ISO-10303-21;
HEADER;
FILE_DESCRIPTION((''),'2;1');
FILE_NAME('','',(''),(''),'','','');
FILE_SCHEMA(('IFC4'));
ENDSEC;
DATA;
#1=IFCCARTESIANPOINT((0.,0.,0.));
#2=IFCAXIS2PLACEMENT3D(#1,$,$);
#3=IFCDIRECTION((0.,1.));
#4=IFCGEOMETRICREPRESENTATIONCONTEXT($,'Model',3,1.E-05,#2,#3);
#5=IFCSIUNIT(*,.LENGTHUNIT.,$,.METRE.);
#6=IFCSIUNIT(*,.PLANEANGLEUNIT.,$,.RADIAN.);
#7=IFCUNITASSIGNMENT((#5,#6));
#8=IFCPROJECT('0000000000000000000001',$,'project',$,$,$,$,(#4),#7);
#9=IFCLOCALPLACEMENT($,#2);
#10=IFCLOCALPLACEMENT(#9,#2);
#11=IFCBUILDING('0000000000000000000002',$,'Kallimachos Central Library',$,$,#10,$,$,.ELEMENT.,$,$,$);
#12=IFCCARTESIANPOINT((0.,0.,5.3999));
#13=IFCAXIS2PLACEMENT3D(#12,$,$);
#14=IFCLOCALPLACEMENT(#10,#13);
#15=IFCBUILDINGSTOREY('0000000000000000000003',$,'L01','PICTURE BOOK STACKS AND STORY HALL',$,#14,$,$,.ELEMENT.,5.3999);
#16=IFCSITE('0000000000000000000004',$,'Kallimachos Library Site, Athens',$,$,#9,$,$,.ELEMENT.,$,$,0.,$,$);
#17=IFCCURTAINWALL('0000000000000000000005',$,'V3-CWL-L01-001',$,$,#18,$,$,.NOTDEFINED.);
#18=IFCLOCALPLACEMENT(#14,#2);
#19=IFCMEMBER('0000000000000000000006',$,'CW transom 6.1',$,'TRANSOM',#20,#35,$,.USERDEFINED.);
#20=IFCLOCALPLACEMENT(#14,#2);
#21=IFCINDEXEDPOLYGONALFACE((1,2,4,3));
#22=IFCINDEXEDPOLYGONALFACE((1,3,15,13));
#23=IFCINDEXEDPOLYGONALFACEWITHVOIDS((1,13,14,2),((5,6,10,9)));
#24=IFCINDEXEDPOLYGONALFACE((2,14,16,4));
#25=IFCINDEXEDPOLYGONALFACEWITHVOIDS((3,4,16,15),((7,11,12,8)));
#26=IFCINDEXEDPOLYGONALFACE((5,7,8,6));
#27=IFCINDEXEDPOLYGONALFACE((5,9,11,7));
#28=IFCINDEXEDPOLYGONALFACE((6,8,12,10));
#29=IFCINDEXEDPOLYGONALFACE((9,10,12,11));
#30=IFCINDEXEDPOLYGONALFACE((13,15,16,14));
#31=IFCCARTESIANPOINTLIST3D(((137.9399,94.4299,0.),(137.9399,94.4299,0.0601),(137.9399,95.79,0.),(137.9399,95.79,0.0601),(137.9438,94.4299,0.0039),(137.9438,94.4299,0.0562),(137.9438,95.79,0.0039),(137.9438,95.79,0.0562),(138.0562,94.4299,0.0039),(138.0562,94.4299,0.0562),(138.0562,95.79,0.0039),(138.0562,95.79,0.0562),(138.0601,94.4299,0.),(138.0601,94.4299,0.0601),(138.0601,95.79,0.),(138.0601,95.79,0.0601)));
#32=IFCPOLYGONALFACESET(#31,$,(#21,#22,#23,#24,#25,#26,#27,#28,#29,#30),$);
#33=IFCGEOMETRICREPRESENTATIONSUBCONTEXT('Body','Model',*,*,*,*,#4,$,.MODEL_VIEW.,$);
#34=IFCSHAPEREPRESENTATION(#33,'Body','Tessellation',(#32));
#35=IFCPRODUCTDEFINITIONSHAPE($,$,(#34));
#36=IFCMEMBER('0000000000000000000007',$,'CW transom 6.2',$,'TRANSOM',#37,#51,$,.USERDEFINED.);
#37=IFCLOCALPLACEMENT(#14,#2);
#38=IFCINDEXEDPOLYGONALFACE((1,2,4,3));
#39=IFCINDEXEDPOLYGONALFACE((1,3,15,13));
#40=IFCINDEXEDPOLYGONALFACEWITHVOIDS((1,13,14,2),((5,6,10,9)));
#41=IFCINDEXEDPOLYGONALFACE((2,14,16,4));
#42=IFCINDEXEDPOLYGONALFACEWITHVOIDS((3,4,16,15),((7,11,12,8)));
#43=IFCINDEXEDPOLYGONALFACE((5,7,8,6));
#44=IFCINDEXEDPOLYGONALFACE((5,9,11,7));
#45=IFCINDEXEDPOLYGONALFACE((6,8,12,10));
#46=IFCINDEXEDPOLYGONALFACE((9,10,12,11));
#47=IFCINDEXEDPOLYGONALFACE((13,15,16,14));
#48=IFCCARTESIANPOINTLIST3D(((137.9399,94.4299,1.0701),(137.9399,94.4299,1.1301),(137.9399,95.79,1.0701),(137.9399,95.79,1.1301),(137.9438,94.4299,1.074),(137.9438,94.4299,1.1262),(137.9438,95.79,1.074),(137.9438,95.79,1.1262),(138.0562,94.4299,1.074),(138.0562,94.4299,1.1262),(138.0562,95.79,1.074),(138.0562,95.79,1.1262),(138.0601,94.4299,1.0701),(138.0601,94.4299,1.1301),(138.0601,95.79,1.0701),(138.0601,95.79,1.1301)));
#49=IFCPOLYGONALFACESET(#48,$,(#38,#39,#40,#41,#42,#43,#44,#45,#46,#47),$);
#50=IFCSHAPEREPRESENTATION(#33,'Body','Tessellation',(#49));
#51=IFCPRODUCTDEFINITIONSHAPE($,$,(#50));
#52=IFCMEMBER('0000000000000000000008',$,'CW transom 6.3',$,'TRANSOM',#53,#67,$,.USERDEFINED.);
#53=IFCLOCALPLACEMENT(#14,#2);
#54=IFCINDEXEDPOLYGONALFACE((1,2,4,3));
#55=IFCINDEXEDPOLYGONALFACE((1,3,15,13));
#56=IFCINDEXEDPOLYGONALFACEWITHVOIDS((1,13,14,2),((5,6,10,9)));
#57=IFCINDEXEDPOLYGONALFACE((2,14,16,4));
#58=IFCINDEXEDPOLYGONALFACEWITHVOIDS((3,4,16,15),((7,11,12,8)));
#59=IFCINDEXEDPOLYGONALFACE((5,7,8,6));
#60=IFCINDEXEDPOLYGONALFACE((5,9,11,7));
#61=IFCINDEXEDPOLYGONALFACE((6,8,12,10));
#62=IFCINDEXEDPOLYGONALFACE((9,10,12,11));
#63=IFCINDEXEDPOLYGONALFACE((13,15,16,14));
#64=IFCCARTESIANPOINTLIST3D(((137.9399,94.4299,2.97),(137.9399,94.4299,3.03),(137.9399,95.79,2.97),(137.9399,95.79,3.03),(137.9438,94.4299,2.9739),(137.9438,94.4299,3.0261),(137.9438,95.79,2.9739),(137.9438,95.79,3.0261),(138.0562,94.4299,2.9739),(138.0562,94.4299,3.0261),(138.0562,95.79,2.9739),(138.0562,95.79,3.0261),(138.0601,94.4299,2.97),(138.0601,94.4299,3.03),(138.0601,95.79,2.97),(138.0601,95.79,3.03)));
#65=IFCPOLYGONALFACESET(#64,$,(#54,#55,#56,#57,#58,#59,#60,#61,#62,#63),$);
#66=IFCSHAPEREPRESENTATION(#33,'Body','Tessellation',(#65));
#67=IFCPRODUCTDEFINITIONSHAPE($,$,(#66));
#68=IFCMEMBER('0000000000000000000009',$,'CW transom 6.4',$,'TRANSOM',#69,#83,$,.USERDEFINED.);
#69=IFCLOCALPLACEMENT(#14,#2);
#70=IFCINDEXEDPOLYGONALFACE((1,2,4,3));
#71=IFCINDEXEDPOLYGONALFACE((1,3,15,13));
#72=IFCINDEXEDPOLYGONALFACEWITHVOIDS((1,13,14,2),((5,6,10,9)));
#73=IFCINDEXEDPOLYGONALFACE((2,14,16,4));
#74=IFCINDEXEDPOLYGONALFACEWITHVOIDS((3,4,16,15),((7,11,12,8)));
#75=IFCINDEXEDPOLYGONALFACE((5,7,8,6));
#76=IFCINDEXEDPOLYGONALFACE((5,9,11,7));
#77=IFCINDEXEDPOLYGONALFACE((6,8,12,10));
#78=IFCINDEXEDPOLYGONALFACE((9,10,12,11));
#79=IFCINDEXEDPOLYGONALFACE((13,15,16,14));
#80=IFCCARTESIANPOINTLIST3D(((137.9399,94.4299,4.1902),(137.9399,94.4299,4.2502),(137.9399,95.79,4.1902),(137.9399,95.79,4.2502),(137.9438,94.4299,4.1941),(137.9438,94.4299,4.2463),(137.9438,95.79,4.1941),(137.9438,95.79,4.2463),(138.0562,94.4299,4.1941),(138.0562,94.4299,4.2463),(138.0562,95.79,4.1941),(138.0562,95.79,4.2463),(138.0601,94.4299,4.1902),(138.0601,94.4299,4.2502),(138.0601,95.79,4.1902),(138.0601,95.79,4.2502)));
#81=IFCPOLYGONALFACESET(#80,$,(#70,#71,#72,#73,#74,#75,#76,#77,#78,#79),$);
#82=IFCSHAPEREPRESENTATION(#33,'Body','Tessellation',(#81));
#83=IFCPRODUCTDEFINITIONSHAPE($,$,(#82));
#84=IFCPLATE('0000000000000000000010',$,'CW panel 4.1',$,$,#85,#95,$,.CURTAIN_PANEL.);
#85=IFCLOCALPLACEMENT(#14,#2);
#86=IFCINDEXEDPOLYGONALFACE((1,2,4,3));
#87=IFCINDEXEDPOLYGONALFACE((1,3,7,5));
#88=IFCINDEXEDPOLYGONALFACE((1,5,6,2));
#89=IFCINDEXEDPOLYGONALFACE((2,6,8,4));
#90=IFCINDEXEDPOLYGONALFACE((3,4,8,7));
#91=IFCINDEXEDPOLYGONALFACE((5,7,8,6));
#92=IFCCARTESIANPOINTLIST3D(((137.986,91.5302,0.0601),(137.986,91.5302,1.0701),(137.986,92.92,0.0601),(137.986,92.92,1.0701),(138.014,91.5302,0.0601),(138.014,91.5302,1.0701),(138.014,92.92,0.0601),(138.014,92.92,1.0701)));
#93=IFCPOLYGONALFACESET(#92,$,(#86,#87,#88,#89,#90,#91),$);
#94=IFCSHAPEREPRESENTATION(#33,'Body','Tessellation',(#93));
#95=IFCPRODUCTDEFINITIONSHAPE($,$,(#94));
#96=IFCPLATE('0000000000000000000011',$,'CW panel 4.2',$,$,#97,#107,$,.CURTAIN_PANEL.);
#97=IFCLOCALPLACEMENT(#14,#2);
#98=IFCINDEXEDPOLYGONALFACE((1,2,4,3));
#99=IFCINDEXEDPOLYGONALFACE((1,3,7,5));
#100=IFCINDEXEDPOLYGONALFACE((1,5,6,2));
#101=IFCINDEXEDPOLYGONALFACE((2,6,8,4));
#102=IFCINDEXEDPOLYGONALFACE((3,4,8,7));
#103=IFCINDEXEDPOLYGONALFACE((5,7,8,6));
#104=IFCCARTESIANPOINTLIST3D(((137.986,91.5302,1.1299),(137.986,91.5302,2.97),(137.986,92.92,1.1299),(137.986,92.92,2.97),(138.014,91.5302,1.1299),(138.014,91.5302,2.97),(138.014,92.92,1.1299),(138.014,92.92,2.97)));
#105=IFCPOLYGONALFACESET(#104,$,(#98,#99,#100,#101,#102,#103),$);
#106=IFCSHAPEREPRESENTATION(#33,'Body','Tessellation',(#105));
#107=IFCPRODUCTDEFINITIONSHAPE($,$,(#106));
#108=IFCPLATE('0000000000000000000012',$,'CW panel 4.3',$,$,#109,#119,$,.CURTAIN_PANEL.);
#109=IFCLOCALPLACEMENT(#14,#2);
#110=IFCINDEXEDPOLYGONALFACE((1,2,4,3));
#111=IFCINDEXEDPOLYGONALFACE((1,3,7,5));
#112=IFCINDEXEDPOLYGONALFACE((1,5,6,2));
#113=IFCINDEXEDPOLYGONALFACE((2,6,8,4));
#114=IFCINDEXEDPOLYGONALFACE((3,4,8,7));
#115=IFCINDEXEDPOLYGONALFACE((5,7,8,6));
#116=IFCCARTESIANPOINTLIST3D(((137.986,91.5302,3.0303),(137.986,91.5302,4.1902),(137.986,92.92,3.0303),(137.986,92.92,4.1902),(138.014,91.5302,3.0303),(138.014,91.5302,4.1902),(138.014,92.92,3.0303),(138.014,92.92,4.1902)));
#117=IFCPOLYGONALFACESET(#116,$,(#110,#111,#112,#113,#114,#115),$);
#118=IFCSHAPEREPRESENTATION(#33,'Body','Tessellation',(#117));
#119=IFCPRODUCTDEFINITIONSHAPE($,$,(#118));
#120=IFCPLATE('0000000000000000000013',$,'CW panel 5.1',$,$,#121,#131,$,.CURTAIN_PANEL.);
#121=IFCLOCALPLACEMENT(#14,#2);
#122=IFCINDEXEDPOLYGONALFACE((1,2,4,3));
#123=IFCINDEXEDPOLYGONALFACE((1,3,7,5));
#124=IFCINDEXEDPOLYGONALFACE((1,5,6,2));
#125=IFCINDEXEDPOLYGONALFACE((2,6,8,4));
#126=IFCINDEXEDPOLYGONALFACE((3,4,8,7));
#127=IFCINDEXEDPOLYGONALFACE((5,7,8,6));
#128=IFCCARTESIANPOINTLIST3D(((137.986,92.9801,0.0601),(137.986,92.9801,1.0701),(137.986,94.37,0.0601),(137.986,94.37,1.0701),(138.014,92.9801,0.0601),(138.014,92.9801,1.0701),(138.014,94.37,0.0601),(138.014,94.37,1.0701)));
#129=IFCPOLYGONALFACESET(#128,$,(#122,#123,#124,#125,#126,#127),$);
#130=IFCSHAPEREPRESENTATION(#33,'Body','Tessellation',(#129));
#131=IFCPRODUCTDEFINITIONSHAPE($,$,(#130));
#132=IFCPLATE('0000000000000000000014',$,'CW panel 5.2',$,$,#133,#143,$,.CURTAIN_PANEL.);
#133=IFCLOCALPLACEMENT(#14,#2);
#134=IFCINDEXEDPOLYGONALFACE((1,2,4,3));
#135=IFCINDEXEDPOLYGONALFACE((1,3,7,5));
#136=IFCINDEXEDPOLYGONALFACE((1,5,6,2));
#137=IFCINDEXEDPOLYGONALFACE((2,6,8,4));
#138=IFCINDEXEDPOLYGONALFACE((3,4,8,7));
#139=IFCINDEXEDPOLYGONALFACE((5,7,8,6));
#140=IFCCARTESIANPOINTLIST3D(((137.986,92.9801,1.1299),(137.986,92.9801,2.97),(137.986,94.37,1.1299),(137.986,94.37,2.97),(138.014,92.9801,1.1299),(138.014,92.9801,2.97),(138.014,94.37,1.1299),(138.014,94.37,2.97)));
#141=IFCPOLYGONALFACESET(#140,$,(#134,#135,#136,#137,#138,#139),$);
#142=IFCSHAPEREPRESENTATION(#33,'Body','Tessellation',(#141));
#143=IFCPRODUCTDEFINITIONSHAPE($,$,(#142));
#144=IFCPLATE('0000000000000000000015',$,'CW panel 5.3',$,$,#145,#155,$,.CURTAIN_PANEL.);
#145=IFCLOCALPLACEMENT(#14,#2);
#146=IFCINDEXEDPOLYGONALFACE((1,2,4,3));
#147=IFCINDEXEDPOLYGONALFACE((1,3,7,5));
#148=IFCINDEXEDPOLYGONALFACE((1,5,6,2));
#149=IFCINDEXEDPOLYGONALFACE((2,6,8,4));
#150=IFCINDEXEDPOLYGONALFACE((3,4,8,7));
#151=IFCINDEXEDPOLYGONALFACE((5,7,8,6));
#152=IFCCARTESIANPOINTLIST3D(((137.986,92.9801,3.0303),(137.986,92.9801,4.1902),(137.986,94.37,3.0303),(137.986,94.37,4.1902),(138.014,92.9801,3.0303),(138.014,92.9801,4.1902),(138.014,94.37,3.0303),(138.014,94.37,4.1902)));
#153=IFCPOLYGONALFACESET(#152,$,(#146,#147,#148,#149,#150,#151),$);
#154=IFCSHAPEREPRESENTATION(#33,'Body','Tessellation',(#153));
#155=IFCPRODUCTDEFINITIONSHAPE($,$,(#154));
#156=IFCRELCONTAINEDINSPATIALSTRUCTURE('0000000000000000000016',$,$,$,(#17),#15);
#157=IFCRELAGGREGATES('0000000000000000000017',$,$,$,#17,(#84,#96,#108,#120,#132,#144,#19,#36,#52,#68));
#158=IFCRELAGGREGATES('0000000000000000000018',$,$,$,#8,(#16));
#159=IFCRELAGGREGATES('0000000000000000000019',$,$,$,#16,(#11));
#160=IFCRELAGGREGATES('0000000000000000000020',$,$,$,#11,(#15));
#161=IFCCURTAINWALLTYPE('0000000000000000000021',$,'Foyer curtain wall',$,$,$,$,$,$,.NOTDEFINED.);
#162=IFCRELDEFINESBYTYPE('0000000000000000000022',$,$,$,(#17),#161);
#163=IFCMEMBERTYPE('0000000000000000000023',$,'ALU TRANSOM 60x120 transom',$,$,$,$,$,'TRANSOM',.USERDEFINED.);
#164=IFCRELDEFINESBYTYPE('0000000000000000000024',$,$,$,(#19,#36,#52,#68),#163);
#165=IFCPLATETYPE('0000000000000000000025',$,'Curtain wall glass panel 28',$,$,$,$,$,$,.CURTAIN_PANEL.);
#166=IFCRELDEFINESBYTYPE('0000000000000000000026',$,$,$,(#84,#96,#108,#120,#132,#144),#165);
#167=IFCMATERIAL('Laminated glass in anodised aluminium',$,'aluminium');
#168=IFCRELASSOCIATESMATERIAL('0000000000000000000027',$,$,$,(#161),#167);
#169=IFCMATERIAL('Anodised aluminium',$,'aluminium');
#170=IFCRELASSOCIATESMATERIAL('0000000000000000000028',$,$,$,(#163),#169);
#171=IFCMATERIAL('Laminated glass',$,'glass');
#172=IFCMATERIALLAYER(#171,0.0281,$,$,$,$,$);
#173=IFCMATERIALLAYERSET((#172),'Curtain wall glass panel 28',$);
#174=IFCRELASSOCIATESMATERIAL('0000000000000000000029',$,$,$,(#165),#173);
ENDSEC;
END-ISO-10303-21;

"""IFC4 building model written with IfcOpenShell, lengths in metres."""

from ifc_helpers import new_model, si_unit, direction, frame, origin, origin_2d, place, context, subcontext, project, spatial, rectangle, hollow_rectangle, extrude, material, layer, layer_set, material_profile, profile_set, type_object, element, aggregate, save


model = new_model("IFC4")

# Units and contexts
model_context = context("Model", 3, precision=1e-05, world=origin(), true_north=direction((0.0, 1.0)))
body_context = subcontext(model_context, "Body", "Model", "MODEL_VIEW")
ifc_project = project(units=[si_unit("LENGTHUNIT", "METRE"), si_unit("PLANEANGLEUNIT", "RADIAN")], contexts=[model_context])

# Site, building, storey
site_placement = place(None, origin())
site = spatial("IfcSite", under=ifc_project, at=site_placement, Name="Kallimachos Library Site, Athens", CompositionType="ELEMENT", RefElevation=0.0)
building_placement = place(site_placement, origin())
building = spatial("IfcBuilding", under=site, at=building_placement, Name="Kallimachos Central Library", CompositionType="ELEMENT")
storey_placement = place(building_placement, frame((0.0, 0.0, 5.3999)))
storey = spatial("IfcBuildingStorey", under=building, at=storey_placement, Name="L01", Description="PICTURE BOOK STACKS AND STORY HALL", CompositionType="ELEMENT", Elevation=5.3999)

# Curtain wall, members, plates
ifc_material_1 = material(Name="Laminated glass in anodised aluminium", Category="aluminium")
curtain_wall_type = type_object("IfcCurtainWallType", Name="Foyer curtain wall", PredefinedType="NOTDEFINED", material=ifc_material_1)
curtain_wall_placement = place(storey_placement, origin())
curtain_wall = element("IfcCurtainWall", 1, at=curtain_wall_placement, inside=storey, type_object=curtain_wall_type, Name="V3-CWL-L01-001", PredefinedType="NOTDEFINED")
ifc_material_2 = material(Name="Anodised aluminium", Category="aluminium")
ifc_material_profile_1 = material_profile(ifc_material_2, hollow_rectangle(XDim=0.0601, YDim=0.1201, WallThickness=0.0039, at=origin_2d()), Name="ALU TRANSOM 60x120")
ifc_profile_set_1 = profile_set([ifc_material_profile_1], Name="Anodised aluminium")
member_type_1 = type_object("IfcMemberType", Name="ALU TRANSOM 60x120 transom", ElementType="TRANSOM", PredefinedType="USERDEFINED", material=ifc_profile_set_1)
member_1_placement = place(storey_placement, frame((138.0, 94.4299, 0.03), z_axis=(0.0, 1.0, 0.0), x_axis=(0.0, 0.0, 1.0)))
member_1 = element("IfcMember", 2, at=member_1_placement, type_object=member_type_1, Name="CW transom 6.1", ObjectType="TRANSOM", PredefinedType="USERDEFINED", context=body_context, shape_type="SweptSolid", body=[
    extrude(hollow_rectangle(XDim=0.0601, YDim=0.1201, WallThickness=0.0039, at=origin_2d()), origin(), (0.0, 0.0, 1.0), 1.3601),
])
member_2_placement = place(storey_placement, frame((138.0, 94.4299, 1.1001), z_axis=(0.0, 1.0, 0.0), x_axis=(0.0, 0.0, 1.0)))
member_2 = element("IfcMember", 3, at=member_2_placement, type_object=member_type_1, Name="CW transom 6.2", ObjectType="TRANSOM", PredefinedType="USERDEFINED", context=body_context, shape_type="SweptSolid", body=[
    extrude(hollow_rectangle(XDim=0.0601, YDim=0.1201, WallThickness=0.0039, at=origin_2d()), origin(), (0.0, 0.0, 1.0), 1.3601),
])
member_3_placement = place(storey_placement, frame((138.0, 94.4299, 3.0), z_axis=(0.0, 1.0, 0.0), x_axis=(0.0, 0.0, 1.0)))
member_3 = element("IfcMember", 4, at=member_3_placement, type_object=member_type_1, Name="CW transom 6.3", ObjectType="TRANSOM", PredefinedType="USERDEFINED", context=body_context, shape_type="SweptSolid", body=[
    extrude(hollow_rectangle(XDim=0.0601, YDim=0.1201, WallThickness=0.0039, at=origin_2d()), origin(), (0.0, 0.0, 1.0), 1.3601),
])
member_4_placement = place(storey_placement, frame((138.0, 94.4299, 4.2202), z_axis=(0.0, 1.0, 0.0), x_axis=(0.0, 0.0, 1.0)))
member_4 = element("IfcMember", 5, at=member_4_placement, type_object=member_type_1, Name="CW transom 6.4", ObjectType="TRANSOM", PredefinedType="USERDEFINED", context=body_context, shape_type="SweptSolid", body=[
    extrude(hollow_rectangle(XDim=0.0601, YDim=0.1201, WallThickness=0.0039, at=origin_2d()), origin(), (0.0, 0.0, 1.0), 1.3601),
])
ifc_material_3 = material(Name="Laminated glass", Category="glass")
ifc_layer = layer(ifc_material_3, 0.0281)
ifc_layer_set = layer_set([ifc_layer], Name="Curtain wall glass panel 28")
plate_type = type_object("IfcPlateType", Name="Curtain wall glass panel 28", PredefinedType="CURTAIN_PANEL", material=ifc_layer_set)
plate_1_placement = place(storey_placement, frame((138.0, 92.2251, 0.0601), z_axis=(0.0, 0.0, 1.0), x_axis=(0.0, 1.0, 0.0)))
plate_1 = element("IfcPlate", 6, at=plate_1_placement, type_object=plate_type, Name="CW panel 4.1", PredefinedType="CURTAIN_PANEL", context=body_context, shape_type="SweptSolid", body=[
    extrude(rectangle(XDim=1.3899, YDim=0.0281, at=origin_2d()), origin(), (0.0, 0.0, 1.0), 1.01),
])
plate_2_placement = place(storey_placement, frame((138.0, 92.2251, 1.1299), z_axis=(0.0, 0.0, 1.0), x_axis=(0.0, 1.0, 0.0)))
plate_2 = element("IfcPlate", 7, at=plate_2_placement, type_object=plate_type, Name="CW panel 4.2", PredefinedType="CURTAIN_PANEL", context=body_context, shape_type="SweptSolid", body=[
    extrude(rectangle(XDim=1.3899, YDim=0.0281, at=origin_2d()), origin(), (0.0, 0.0, 1.0), 1.8401),
])
plate_3_placement = place(storey_placement, frame((138.0, 92.2251, 3.0303), z_axis=(0.0, 0.0, 1.0), x_axis=(0.0, 1.0, 0.0)))
plate_3 = element("IfcPlate", 8, at=plate_3_placement, type_object=plate_type, Name="CW panel 4.3", PredefinedType="CURTAIN_PANEL", context=body_context, shape_type="SweptSolid", body=[
    extrude(rectangle(XDim=1.3899, YDim=0.0281, at=origin_2d()), origin(), (0.0, 0.0, 1.0), 1.1599),
])
plate_4_placement = place(storey_placement, frame((138.0, 93.675, 0.0601), z_axis=(0.0, 0.0, 1.0), x_axis=(0.0, 1.0, 0.0)))
plate_4 = element("IfcPlate", 9, at=plate_4_placement, type_object=plate_type, Name="CW panel 5.1", PredefinedType="CURTAIN_PANEL", context=body_context, shape_type="SweptSolid", body=[
    extrude(rectangle(XDim=1.3899, YDim=0.0281, at=origin_2d()), origin(), (0.0, 0.0, 1.0), 1.01),
])
plate_5_placement = place(storey_placement, frame((138.0, 93.675, 1.1299), z_axis=(0.0, 0.0, 1.0), x_axis=(0.0, 1.0, 0.0)))
plate_5 = element("IfcPlate", 10, at=plate_5_placement, type_object=plate_type, Name="CW panel 5.2", PredefinedType="CURTAIN_PANEL", context=body_context, shape_type="SweptSolid", body=[
    extrude(rectangle(XDim=1.3899, YDim=0.0281, at=origin_2d()), origin(), (0.0, 0.0, 1.0), 1.8401),
])
plate_6_placement = place(storey_placement, frame((138.0, 93.675, 3.0303), z_axis=(0.0, 0.0, 1.0), x_axis=(0.0, 1.0, 0.0)))
plate_6 = element("IfcPlate", 11, at=plate_6_placement, type_object=plate_type, Name="CW panel 5.3", PredefinedType="CURTAIN_PANEL", context=body_context, shape_type="SweptSolid", body=[
    extrude(rectangle(XDim=1.3899, YDim=0.0281, at=origin_2d()), origin(), (0.0, 0.0, 1.0), 1.1599),
])
aggregate(curtain_wall, [plate_1, plate_2, plate_3, plate_4, plate_5, plate_6, member_1, member_2, member_3, member_4])

save(model, "model.ifc")
